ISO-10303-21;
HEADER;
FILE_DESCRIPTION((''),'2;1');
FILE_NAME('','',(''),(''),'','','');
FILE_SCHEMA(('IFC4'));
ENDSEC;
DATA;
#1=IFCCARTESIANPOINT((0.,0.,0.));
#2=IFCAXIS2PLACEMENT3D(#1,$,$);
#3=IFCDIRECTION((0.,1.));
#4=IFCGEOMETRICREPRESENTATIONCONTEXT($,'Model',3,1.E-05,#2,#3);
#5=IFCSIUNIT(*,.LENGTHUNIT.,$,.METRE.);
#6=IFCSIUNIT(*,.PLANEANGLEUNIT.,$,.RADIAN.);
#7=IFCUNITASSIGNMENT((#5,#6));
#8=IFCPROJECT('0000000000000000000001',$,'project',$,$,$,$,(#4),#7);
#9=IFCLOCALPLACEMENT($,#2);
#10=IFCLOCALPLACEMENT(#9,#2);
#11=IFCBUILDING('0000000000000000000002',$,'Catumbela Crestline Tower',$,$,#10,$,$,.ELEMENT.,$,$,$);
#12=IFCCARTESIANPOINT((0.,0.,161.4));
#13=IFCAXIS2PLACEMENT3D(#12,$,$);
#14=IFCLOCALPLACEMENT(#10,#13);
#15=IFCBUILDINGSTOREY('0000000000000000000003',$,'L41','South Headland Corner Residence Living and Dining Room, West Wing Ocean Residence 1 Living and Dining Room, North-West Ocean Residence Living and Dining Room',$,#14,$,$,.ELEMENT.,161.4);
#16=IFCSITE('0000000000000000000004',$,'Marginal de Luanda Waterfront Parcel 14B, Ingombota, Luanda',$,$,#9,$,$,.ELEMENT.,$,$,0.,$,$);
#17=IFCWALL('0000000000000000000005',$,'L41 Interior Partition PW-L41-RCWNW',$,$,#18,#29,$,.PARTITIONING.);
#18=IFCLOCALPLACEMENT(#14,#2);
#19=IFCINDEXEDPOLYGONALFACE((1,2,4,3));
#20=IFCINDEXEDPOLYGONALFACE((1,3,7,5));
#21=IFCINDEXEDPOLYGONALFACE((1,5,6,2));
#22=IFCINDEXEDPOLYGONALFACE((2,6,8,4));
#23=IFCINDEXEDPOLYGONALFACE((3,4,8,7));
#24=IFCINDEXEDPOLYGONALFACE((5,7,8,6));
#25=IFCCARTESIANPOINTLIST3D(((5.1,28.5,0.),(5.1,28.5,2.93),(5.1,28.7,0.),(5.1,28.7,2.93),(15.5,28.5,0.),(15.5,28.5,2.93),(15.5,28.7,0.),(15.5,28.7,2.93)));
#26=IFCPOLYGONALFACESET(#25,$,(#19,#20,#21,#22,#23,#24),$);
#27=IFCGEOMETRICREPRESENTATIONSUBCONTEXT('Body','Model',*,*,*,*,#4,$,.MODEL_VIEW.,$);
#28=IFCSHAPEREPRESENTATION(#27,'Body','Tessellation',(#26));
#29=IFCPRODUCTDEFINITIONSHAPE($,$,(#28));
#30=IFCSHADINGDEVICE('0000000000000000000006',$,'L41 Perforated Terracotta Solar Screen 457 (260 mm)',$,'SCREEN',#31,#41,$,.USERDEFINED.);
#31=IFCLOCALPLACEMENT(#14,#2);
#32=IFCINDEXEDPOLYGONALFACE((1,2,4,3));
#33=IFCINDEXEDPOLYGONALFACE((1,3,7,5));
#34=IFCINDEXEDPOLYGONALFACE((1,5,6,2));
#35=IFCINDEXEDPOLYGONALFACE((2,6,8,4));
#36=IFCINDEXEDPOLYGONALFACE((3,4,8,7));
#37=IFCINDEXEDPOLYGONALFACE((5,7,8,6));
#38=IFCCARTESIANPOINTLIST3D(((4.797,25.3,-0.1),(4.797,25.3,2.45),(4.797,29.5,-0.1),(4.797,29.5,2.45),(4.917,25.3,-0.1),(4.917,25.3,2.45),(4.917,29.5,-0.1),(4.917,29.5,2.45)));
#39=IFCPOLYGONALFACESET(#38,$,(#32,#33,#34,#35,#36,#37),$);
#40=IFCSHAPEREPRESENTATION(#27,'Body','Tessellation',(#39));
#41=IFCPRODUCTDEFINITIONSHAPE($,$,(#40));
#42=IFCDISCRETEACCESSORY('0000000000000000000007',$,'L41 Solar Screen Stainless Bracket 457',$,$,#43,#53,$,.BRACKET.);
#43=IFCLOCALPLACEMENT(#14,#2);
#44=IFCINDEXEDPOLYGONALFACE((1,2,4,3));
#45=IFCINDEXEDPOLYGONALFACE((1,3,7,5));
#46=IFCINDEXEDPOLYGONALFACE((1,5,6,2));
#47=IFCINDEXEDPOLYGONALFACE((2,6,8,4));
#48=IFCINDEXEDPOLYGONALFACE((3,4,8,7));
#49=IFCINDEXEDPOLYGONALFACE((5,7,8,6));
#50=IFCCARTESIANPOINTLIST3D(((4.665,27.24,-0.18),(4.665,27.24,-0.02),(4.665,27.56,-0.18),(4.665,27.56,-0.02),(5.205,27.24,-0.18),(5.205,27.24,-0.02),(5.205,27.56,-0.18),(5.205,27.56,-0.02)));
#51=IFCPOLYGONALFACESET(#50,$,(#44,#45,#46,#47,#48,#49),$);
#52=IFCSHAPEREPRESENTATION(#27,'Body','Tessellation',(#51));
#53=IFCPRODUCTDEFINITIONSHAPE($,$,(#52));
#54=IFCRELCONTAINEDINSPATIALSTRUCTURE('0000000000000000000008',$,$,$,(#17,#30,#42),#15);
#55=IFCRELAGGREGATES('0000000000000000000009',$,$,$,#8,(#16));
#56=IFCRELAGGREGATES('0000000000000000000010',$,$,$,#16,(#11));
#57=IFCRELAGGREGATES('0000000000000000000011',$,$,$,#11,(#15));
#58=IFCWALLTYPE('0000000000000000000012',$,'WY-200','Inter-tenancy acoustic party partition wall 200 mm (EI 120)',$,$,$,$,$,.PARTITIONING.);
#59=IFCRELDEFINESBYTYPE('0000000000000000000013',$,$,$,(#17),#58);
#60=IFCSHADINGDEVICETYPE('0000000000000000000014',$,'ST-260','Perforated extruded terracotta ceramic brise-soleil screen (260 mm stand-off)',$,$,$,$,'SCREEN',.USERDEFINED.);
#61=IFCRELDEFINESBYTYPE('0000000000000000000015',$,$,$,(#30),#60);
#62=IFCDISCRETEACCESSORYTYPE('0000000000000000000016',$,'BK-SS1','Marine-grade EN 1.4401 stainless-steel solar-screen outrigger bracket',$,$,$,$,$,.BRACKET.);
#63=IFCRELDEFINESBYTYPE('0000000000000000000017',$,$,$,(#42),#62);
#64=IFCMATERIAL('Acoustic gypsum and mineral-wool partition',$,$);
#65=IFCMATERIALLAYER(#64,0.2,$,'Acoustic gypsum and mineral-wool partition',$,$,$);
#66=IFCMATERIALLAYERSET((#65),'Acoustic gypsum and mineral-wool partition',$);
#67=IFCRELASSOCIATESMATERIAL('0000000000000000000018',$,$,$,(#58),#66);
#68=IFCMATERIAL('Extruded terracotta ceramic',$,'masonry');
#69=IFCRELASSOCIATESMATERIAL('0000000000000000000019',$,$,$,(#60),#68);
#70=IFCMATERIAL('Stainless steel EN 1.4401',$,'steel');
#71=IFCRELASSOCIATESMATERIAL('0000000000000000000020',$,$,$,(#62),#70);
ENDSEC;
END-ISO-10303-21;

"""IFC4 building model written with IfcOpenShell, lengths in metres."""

from ifc_helpers import new_model, si_unit, direction, frame, frame_2d, origin, origin_2d, place, context, subcontext, project, spatial, rectangle, extrude, material, layer, layer_set, type_object, element, save


model = new_model("IFC4")

# Units and contexts
model_context = context("Model", 3, precision=1e-05, world=origin(), true_north=direction((0.0, 1.0)))
body_context = subcontext(model_context, "Body", "Model", "MODEL_VIEW")
ifc_project = project(units=[si_unit("LENGTHUNIT", "METRE"), si_unit("PLANEANGLEUNIT", "RADIAN")], contexts=[model_context])

# Site, building, storey
site_placement = place(None, origin())
site = spatial("IfcSite", under=ifc_project, at=site_placement, Name="Marginal de Luanda Waterfront Parcel 14B, Ingombota, Luanda", CompositionType="ELEMENT", RefElevation=0.0)
building_placement = place(site_placement, origin())
building = spatial("IfcBuilding", under=site, at=building_placement, Name="Catumbela Crestline Tower", CompositionType="ELEMENT")
storey_placement = place(building_placement, frame((0.0, 0.0, 161.4)))
storey = spatial("IfcBuildingStorey", under=building, at=storey_placement, Name="L41", Description="South Headland Corner Residence Living and Dining Room, West Wing Ocean Residence 1 Living and Dining Room, North-West Ocean Residence Living and Dining Room", CompositionType="ELEMENT", Elevation=161.4)

# Shared definitions
ifc_material_1 = material(Name="Acoustic gypsum and mineral-wool partition")

# Wall
ifc_layer_1 = layer(ifc_material_1, 0.2, Name="Acoustic gypsum and mineral-wool partition")
ifc_layer_set_1 = layer_set([ifc_layer_1], Name="Acoustic gypsum and mineral-wool partition")
wall_type_1 = type_object("IfcWallType", Name="WY-200", Description="Inter-tenancy acoustic party partition wall 200 mm (EI 120)", PredefinedType="PARTITIONING", material=ifc_layer_set_1)
wall_1_placement = place(storey_placement, frame((5.1, 28.6, 0.0), z_axis=(0.0, 0.0, 1.0), x_axis=(1.0, 0.0, 0.0)))
element("IfcWall", 1, at=wall_1_placement, inside=storey, type_object=wall_type_1, Name="L41 Interior Partition PW-L41-RCWNW", PredefinedType="PARTITIONING", context=body_context, shape_type="SweptSolid", body=[
    extrude(rectangle(XDim=10.4, YDim=0.2, at=frame_2d((5.2, 0.0))), origin(), (0.0, 0.0, 1.0), 2.93),
])

# Shading device
ifc_material_2 = material(Name="Extruded terracotta ceramic", Category="masonry")
shading_device_type = type_object("IfcShadingDeviceType", Name="ST-260", Description="Perforated extruded terracotta ceramic brise-soleil screen (260 mm stand-off)", ElementType="SCREEN", PredefinedType="USERDEFINED", material=ifc_material_2)
shading_device_placement = place(storey_placement, frame((4.857, 27.4, -0.1), z_axis=(0.0, 0.0, 1.0), x_axis=(0.0, -1.0, 0.0)))
element("IfcShadingDevice", 2, at=shading_device_placement, inside=storey, type_object=shading_device_type, Name="L41 Perforated Terracotta Solar Screen 457 (260 mm)", ObjectType="SCREEN", PredefinedType="USERDEFINED", context=body_context, shape_type="SweptSolid", body=[
    extrude(rectangle(XDim=4.2, YDim=0.12, at=origin_2d()), origin(), (0.0, 0.0, 1.0), 2.55),
])

# Discrete accessory
ifc_material_3 = material(Name="Stainless steel EN 1.4401", Category="steel")
discrete_accessory_type = type_object("IfcDiscreteAccessoryType", Name="BK-SS1", Description="Marine-grade EN 1.4401 stainless-steel solar-screen outrigger bracket", PredefinedType="BRACKET", material=ifc_material_3)
discrete_accessory_placement = place(storey_placement, frame((4.935, 27.4, -0.18), z_axis=(0.0, 0.0, 1.0), x_axis=(0.0, -1.0, 0.0)))
element("IfcDiscreteAccessory", 3, at=discrete_accessory_placement, inside=storey, type_object=discrete_accessory_type, Name="L41 Solar Screen Stainless Bracket 457", PredefinedType="BRACKET", context=body_context, shape_type="SweptSolid", body=[
    extrude(rectangle(XDim=0.32, YDim=0.54, at=origin_2d()), origin(), (0.0, 0.0, 1.0), 0.16),
])

save(model, "model.ifc")
